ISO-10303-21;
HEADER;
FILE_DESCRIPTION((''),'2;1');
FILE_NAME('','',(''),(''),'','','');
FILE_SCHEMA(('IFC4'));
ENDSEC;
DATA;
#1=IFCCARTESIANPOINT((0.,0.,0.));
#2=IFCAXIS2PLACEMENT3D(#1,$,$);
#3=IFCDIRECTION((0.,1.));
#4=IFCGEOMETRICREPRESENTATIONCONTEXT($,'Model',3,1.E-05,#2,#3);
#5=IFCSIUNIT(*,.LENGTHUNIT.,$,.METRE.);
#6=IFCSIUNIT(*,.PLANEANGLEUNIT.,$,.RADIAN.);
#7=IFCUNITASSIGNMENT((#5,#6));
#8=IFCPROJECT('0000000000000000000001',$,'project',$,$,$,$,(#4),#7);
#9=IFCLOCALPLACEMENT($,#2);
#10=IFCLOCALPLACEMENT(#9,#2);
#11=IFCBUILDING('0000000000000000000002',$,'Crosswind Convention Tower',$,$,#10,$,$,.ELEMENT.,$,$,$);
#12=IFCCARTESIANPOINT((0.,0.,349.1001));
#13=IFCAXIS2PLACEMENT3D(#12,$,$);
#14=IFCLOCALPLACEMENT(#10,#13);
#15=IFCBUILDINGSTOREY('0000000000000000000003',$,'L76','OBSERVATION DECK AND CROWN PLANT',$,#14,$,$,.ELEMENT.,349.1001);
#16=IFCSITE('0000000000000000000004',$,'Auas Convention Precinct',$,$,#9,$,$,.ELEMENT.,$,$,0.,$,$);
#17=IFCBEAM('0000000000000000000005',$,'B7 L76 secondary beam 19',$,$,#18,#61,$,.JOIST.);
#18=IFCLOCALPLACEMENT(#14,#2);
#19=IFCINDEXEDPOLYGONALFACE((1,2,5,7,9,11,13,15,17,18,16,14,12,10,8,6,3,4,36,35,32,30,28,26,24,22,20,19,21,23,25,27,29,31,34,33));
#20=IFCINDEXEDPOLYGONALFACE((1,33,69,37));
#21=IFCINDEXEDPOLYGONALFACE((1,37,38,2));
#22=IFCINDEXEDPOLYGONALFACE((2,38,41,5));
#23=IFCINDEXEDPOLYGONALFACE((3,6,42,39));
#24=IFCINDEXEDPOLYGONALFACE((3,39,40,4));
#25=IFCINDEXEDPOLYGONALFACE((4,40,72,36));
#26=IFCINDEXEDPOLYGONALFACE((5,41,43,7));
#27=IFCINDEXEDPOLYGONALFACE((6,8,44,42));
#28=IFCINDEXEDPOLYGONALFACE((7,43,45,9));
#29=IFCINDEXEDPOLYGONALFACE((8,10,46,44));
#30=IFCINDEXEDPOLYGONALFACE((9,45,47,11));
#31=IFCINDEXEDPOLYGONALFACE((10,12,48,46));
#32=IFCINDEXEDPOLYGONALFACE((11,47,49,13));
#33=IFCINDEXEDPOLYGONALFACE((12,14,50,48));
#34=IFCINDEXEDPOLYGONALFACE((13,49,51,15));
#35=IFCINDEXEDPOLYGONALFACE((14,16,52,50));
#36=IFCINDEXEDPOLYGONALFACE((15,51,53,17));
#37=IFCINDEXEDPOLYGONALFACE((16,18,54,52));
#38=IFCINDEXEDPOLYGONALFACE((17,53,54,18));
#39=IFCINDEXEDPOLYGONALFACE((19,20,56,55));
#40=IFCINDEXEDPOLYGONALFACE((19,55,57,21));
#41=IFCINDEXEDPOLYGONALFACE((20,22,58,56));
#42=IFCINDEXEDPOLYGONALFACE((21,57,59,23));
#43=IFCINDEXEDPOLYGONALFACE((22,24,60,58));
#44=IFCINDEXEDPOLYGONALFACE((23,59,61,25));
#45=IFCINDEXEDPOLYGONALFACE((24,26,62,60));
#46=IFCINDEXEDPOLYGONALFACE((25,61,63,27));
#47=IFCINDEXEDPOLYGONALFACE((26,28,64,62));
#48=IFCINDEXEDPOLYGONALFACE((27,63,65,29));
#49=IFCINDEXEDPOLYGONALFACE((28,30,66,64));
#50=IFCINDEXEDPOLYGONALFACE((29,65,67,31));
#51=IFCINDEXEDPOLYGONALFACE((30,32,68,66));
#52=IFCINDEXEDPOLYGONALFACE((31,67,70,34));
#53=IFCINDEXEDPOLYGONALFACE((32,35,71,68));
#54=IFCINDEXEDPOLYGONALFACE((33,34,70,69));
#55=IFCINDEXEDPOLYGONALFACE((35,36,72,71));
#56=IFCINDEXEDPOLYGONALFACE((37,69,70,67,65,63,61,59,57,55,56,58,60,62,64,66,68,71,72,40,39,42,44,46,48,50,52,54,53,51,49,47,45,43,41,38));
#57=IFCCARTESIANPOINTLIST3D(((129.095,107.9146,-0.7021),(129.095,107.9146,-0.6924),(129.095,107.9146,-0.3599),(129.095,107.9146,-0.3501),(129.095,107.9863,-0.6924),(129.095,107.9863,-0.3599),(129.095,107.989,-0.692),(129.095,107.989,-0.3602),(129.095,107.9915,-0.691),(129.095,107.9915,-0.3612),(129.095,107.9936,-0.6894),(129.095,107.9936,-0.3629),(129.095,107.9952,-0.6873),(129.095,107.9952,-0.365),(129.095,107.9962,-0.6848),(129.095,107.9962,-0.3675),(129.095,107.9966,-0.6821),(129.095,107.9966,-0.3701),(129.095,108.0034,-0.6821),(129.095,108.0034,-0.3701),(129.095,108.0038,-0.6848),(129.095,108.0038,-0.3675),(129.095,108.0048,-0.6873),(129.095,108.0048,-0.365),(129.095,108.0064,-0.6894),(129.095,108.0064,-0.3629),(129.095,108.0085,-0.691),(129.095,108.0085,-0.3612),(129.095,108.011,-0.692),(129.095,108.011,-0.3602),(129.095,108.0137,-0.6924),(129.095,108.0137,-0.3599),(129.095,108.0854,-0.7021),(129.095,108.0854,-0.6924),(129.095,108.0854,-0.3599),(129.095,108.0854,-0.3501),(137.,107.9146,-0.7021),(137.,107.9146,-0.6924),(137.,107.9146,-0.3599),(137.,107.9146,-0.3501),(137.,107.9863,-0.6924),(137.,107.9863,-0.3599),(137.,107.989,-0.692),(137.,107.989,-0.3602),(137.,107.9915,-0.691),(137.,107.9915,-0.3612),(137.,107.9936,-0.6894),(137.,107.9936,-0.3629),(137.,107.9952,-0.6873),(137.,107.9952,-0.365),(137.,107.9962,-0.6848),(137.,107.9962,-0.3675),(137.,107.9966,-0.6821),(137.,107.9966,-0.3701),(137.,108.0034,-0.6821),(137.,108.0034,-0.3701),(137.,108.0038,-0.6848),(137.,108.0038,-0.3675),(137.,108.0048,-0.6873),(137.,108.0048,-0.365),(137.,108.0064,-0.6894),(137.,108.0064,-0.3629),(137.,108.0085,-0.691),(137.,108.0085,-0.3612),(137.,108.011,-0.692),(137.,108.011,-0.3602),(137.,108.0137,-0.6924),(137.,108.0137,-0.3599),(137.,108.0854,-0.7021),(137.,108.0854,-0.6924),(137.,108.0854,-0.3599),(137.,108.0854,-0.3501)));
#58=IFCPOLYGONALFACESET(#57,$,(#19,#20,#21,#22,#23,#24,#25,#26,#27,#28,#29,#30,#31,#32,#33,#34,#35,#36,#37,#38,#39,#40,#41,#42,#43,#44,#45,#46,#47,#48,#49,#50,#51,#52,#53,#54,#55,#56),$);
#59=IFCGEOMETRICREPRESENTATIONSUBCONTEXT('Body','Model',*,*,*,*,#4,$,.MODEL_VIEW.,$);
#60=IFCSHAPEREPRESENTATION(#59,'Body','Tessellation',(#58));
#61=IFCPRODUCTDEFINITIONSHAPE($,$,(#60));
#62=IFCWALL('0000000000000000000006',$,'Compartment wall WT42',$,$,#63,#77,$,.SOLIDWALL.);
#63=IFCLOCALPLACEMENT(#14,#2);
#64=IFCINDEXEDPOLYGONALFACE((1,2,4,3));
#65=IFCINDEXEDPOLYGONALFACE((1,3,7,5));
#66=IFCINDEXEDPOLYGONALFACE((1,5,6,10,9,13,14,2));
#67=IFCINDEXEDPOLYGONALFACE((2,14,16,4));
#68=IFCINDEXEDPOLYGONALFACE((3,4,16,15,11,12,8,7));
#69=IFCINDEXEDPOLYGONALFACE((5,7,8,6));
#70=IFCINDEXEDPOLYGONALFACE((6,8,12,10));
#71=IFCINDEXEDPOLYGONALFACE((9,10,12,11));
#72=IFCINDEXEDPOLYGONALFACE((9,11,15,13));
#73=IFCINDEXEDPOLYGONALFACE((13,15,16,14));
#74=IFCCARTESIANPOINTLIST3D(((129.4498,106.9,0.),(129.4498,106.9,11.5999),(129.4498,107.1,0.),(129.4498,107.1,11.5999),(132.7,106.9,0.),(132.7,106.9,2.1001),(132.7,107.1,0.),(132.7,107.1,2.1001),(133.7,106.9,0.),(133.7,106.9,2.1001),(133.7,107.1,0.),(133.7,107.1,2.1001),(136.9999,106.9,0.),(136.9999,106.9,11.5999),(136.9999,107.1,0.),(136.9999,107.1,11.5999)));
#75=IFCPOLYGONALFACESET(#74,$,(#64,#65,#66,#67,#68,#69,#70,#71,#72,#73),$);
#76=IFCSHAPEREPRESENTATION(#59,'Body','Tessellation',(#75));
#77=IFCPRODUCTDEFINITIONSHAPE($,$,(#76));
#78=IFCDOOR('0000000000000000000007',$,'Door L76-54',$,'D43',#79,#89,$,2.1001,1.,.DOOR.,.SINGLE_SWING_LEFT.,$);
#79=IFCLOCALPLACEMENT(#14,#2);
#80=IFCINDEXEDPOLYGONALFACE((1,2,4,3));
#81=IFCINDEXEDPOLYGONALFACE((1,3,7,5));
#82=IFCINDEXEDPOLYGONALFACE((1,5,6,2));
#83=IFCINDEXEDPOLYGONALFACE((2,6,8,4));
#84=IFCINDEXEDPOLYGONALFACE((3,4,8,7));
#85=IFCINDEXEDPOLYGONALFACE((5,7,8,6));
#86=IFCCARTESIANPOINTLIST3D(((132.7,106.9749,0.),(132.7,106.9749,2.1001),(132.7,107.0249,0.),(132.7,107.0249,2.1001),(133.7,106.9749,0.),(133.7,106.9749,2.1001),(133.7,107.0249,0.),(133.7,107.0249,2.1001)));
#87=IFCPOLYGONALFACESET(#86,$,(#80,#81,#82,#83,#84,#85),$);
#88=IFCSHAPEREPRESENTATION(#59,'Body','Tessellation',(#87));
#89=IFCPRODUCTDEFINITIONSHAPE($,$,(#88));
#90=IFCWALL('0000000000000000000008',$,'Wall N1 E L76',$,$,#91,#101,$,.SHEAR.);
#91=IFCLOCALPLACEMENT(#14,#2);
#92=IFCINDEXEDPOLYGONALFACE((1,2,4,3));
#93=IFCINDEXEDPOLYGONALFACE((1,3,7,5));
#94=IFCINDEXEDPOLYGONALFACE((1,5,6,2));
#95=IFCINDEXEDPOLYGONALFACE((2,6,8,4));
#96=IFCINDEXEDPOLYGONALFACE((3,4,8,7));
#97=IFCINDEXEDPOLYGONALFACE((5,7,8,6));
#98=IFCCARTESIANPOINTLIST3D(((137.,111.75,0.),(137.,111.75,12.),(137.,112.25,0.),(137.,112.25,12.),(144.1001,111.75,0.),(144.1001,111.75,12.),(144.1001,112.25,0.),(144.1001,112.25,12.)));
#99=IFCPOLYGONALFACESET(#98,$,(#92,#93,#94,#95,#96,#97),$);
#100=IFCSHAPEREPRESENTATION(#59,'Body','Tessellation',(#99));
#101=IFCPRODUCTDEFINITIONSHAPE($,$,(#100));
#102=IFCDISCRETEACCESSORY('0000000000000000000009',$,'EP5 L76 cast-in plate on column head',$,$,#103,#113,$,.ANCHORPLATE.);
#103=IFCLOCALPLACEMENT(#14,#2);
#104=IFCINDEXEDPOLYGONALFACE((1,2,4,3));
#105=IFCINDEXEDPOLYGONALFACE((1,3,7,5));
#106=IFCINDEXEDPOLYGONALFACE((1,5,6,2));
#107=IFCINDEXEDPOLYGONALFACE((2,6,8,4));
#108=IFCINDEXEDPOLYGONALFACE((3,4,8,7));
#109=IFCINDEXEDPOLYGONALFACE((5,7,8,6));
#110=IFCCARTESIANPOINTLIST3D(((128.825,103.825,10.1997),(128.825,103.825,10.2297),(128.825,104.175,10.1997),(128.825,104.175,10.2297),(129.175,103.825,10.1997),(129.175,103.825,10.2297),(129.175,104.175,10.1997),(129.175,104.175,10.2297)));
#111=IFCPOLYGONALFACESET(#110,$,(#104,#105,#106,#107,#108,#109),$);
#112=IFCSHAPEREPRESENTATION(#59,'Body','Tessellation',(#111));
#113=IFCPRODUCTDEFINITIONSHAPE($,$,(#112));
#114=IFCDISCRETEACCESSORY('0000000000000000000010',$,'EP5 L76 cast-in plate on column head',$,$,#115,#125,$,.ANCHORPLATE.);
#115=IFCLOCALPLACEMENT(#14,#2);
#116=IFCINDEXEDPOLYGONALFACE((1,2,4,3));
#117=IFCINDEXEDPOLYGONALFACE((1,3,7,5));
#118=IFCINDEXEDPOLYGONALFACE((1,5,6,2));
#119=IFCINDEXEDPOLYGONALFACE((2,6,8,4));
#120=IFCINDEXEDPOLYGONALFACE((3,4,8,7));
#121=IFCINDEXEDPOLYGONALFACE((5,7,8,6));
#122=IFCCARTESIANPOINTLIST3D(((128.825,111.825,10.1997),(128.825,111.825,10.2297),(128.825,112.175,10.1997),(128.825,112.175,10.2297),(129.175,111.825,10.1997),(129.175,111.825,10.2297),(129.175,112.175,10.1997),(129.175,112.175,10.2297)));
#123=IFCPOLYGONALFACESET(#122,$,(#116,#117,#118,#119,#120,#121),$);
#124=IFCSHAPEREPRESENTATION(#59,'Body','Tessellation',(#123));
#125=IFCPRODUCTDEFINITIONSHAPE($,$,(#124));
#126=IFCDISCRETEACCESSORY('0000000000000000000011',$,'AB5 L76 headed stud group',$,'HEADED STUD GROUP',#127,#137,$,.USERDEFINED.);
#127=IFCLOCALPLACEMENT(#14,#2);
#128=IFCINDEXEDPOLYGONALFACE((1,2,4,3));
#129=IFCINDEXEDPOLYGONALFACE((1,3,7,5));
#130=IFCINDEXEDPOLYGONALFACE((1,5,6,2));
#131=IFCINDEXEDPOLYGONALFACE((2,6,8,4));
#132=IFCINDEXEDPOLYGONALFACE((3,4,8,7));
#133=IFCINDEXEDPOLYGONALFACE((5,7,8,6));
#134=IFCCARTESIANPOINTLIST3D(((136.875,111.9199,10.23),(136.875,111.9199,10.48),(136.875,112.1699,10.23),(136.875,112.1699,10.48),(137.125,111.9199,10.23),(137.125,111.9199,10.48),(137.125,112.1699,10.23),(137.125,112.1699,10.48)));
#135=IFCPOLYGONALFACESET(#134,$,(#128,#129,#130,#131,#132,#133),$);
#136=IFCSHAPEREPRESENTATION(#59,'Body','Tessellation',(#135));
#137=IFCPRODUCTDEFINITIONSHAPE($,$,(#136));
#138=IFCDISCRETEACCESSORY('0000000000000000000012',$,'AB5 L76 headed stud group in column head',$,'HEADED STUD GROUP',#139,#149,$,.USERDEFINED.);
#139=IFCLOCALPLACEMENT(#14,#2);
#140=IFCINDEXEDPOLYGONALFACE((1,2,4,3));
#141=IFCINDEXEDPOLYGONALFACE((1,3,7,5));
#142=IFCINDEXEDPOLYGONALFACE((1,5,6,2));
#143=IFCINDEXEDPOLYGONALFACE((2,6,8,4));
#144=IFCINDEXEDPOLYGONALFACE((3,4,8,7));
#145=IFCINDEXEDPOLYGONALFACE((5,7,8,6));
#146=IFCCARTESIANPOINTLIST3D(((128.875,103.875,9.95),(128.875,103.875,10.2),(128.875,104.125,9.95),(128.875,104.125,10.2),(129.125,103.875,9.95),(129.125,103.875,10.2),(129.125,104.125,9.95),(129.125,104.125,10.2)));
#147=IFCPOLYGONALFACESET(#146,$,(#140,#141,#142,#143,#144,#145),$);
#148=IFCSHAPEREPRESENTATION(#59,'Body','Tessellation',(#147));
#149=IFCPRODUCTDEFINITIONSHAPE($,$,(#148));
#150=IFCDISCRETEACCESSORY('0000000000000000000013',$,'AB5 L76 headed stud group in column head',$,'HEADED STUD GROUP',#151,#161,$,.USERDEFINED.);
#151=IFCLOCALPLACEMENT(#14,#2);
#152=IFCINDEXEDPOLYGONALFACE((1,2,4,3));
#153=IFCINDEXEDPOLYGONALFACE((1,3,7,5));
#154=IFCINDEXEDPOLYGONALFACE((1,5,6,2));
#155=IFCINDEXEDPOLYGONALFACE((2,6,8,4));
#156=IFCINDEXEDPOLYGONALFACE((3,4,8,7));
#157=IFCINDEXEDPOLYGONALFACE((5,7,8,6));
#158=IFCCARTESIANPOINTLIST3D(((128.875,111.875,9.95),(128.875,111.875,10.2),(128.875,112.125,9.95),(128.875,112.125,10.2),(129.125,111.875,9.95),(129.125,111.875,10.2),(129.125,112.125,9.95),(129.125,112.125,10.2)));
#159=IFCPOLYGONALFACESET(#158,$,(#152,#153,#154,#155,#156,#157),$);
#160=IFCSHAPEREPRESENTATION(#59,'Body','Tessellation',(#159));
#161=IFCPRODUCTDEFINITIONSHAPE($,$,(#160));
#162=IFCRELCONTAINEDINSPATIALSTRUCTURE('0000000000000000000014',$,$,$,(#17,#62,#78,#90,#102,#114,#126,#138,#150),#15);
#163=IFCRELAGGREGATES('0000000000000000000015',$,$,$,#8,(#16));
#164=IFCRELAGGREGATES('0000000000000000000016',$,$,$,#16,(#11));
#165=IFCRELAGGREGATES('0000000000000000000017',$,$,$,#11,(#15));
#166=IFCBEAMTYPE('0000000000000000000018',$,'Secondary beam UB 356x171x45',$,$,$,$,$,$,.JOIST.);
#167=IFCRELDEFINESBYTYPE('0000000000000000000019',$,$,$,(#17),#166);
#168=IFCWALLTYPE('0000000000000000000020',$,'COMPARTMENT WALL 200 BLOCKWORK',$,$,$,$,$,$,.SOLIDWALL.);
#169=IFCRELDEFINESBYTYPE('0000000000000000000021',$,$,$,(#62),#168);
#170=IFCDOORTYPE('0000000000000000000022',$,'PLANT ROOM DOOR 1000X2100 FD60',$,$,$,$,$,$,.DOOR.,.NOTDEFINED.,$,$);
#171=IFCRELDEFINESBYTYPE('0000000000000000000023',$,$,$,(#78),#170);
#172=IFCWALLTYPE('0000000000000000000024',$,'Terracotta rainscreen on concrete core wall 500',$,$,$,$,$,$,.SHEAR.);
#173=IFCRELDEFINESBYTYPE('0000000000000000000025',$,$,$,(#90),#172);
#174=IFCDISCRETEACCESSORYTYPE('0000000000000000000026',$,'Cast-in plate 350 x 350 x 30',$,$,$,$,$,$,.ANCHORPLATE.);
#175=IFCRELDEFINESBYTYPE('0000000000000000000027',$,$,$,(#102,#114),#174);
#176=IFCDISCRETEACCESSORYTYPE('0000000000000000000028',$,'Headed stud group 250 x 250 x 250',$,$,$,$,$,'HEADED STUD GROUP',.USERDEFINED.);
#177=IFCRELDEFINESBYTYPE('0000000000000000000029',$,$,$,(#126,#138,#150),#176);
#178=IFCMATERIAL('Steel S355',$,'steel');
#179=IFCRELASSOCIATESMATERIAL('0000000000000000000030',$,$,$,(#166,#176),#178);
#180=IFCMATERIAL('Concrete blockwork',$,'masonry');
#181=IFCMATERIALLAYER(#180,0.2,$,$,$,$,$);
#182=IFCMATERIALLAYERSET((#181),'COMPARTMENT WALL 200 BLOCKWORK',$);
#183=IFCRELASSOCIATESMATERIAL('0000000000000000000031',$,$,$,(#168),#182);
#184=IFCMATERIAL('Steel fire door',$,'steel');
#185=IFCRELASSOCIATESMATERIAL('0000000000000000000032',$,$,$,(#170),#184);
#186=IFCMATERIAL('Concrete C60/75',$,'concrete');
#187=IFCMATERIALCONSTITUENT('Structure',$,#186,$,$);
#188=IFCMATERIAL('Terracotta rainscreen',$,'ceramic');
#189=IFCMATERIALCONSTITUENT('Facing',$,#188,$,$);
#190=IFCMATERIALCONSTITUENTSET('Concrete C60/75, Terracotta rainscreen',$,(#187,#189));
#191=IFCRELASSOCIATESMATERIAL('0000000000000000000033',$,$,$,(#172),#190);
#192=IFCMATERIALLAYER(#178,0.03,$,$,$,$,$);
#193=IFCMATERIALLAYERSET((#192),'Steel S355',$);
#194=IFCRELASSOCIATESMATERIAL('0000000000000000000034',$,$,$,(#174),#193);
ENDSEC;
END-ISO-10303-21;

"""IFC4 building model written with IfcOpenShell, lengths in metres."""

from ifc_helpers import new_model, si_unit, direction, frame, frame_2d, origin, origin_2d, place, context, subcontext, project, spatial, rectangle, i_section, extrude, material, layer, layer_set, constituent, constituent_set, material_profile, profile_set, type_object, element, fill, save


model = new_model("IFC4")

# Units and contexts
model_context = context("Model", 3, precision=1e-05, world=origin(), true_north=direction((0.0, 1.0)))
body_context = subcontext(model_context, "Body", "Model", "MODEL_VIEW")
ifc_project = project(units=[si_unit("LENGTHUNIT", "METRE"), si_unit("PLANEANGLEUNIT", "RADIAN")], contexts=[model_context])

# Site, building, storey
site_placement = place(None, origin())
site = spatial("IfcSite", under=ifc_project, at=site_placement, Name="Auas Convention Precinct", CompositionType="ELEMENT", RefElevation=0.0)
building_placement = place(site_placement, origin())
building = spatial("IfcBuilding", under=site, at=building_placement, Name="Crosswind Convention Tower", CompositionType="ELEMENT")
storey_placement = place(building_placement, frame((0.0, 0.0, 349.1001)))
storey = spatial("IfcBuildingStorey", under=building, at=storey_placement, Name="L76", Description="OBSERVATION DECK AND CROWN PLANT", CompositionType="ELEMENT", Elevation=349.1001)

# Shared definitions
ifc_material_1 = material(Name="Concrete C60/75", Category="concrete")

# Shared definitions
ifc_material_2 = material(Name="Steel S355", Category="steel")

# Beam
ifc_material_profile_1 = material_profile(ifc_material_2, i_section(OverallWidth=0.1709, OverallDepth=0.3521, WebThickness=0.0068, FlangeThickness=0.0098, FilletRadius=0.0103, at=origin_2d()), Name="UB 356x171x45")
ifc_profile_set_1 = profile_set([ifc_material_profile_1], Name="Steel S355")
beam_type_1 = type_object("IfcBeamType", Name="Secondary beam UB 356x171x45", PredefinedType="JOIST", material=ifc_profile_set_1)
for number, where, z_axis, x_axis, name in (
    (1, (129.095, 108.0, -0.5261), (1.0, 0.0, 0.0), (0.0, 1.0, 0.0), "B7 L76 secondary beam 19"),
):
    element("IfcBeam", number, at=place(storey_placement, frame(where, z_axis=z_axis, x_axis=x_axis)), inside=storey, type_object=beam_type_1, Name=name, PredefinedType="JOIST", context=body_context, shape_type="SweptSolid", body=[
        extrude(i_section(OverallWidth=0.1709, OverallDepth=0.3521, WebThickness=0.0068, FlangeThickness=0.0098, FilletRadius=0.0103, at=origin_2d()), origin(), (0.0, 0.0, 1.0), 7.905),
    ])

# Wall, opening, door
ifc_material_3 = material(Name="Concrete blockwork", Category="masonry")
ifc_layer_1 = layer(ifc_material_3, 0.2)
ifc_layer_set_1 = layer_set([ifc_layer_1], Name="COMPARTMENT WALL 200 BLOCKWORK")
wall_type_1 = type_object("IfcWallType", Name="COMPARTMENT WALL 200 BLOCKWORK", PredefinedType="SOLIDWALL", material=ifc_layer_set_1)
wall_1_placement = place(storey_placement, frame((129.45, 107.0, 0.0), z_axis=(0.0, 0.0, 1.0), x_axis=(1.0, 0.0, 0.0)))
wall_1 = element("IfcWall", 2, at=wall_1_placement, inside=storey, type_object=wall_type_1, Name="Compartment wall WT42", PredefinedType="SOLIDWALL", context=body_context, shape_type="SweptSolid", body=[
    extrude(rectangle(XDim=7.55, YDim=0.2, at=frame_2d((3.7749, 0.0))), origin(), (0.0, 0.0, 1.0), 11.5999),
])
opening_placement = place(wall_1_placement, frame((3.25, 0.0, 0.0)))
opening = element("IfcOpeningElement", 3, at=opening_placement, cuts=wall_1, PredefinedType="OPENING", context=body_context, shape_type="SweptSolid", body=[
    extrude(rectangle(XDim=1.0, YDim=2.1001, at=frame_2d((0.5, 1.05))), frame((0.0, 0.1099, 0.0), z_axis=(0.0, -1.0, 0.0), x_axis=(1.0, 0.0, 0.0)), (0.0, 0.0, 1.0), 0.22),
])
ifc_material_4 = material(Name="Steel fire door", Category="steel")
door_type = type_object("IfcDoorType", Name="PLANT ROOM DOOR 1000X2100 FD60", OperationType="NOTDEFINED", PredefinedType="DOOR", material=ifc_material_4)
door_placement = place(opening_placement, origin())
door = element("IfcDoor", 4, at=door_placement, inside=storey, type_object=door_type, Name="Door L76-54", ObjectType="D43", OperationType="SINGLE_SWING_LEFT", OverallHeight=2.1001, OverallWidth=1.0, PredefinedType="DOOR", context=body_context, shape_type="SweptSolid", body=[
    extrude(rectangle(XDim=1.0, YDim=2.1001, at=frame_2d((0.5, 1.05))), frame((0.0, 0.0249, 0.0), z_axis=(0.0, -1.0, 0.0), x_axis=(1.0, 0.0, 0.0)), (0.0, 0.0, 1.0), 0.05),
])
fill(opening, door)

# Wall
ifc_constituent_1 = constituent(ifc_material_1, Name="Structure")
ifc_material_5 = material(Name="Terracotta rainscreen", Category="ceramic")
ifc_constituent_2 = constituent(ifc_material_5, Name="Facing")
ifc_constituent_set = constituent_set(constituents=[ifc_constituent_1, ifc_constituent_2], Name="Concrete C60/75, Terracotta rainscreen")
wall_type_2 = type_object("IfcWallType", Name="Terracotta rainscreen on concrete core wall 500", PredefinedType="SHEAR", material=ifc_constituent_set)
wall_2_placement = place(storey_placement, frame((137.0, 112.0, 0.0), z_axis=(0.0, 0.0, 1.0), x_axis=(1.0, 0.0, 0.0)))
element("IfcWall", 5, at=wall_2_placement, inside=storey, type_object=wall_type_2, Name="Wall N1 E L76", PredefinedType="SHEAR", context=body_context, shape_type="SweptSolid", body=[
    extrude(rectangle(XDim=7.1001, YDim=0.5, at=frame_2d((3.55, 0.0))), origin(), (0.0, 0.0, 1.0), 12.0),
])

# Discrete accessories
ifc_layer_2 = layer(ifc_material_2, 0.03)
ifc_layer_set_2 = layer_set([ifc_layer_2], Name="Steel S355")
discrete_accessory_type_1 = type_object("IfcDiscreteAccessoryType", Name="Cast-in plate 350 x 350 x 30", PredefinedType="ANCHORPLATE", material=ifc_layer_set_2)
for number, where, z_axis, x_axis, name in (
    (6, (129.0, 104.0, 10.1997), (0.0, 0.0, 1.0), (1.0, 0.0, 0.0), "EP5 L76 cast-in plate on column head"),
    (7, (129.0, 112.0, 10.1997), (0.0, 0.0, 1.0), (1.0, 0.0, 0.0), "EP5 L76 cast-in plate on column head"),
):
    element("IfcDiscreteAccessory", number, at=place(storey_placement, frame(where, z_axis=z_axis, x_axis=x_axis)), inside=storey, type_object=discrete_accessory_type_1, Name=name, PredefinedType="ANCHORPLATE", context=body_context, shape_type="SweptSolid", body=[
        extrude(rectangle(XDim=0.3501, YDim=0.3501, at=origin_2d()), origin(), (0.0, 0.0, 1.0), 0.03),
    ])
discrete_accessory_type_2 = type_object("IfcDiscreteAccessoryType", Name="Headed stud group 250 x 250 x 250", ElementType="HEADED STUD GROUP", PredefinedType="USERDEFINED", material=ifc_material_2)
for number, where, z_axis, x_axis, name in (
    (8, (137.0, 112.0449, 10.23), (0.0, 0.0, 1.0), (1.0, 0.0, 0.0), "AB5 L76 headed stud group"),
    (9, (129.0, 104.0, 9.95), (0.0, 0.0, 1.0), (1.0, 0.0, 0.0), "AB5 L76 headed stud group in column head"),
    (10, (129.0, 112.0, 9.95), (0.0, 0.0, 1.0), (1.0, 0.0, 0.0), "AB5 L76 headed stud group in column head"),
):
    element("IfcDiscreteAccessory", number, at=place(storey_placement, frame(where, z_axis=z_axis, x_axis=x_axis)), inside=storey, type_object=discrete_accessory_type_2, Name=name, ObjectType="HEADED STUD GROUP", PredefinedType="USERDEFINED", context=body_context, shape_type="SweptSolid", body=[
        extrude(rectangle(XDim=0.25, YDim=0.25, at=origin_2d()), origin(), (0.0, 0.0, 1.0), 0.25),
    ])

save(model, "model.ifc")
